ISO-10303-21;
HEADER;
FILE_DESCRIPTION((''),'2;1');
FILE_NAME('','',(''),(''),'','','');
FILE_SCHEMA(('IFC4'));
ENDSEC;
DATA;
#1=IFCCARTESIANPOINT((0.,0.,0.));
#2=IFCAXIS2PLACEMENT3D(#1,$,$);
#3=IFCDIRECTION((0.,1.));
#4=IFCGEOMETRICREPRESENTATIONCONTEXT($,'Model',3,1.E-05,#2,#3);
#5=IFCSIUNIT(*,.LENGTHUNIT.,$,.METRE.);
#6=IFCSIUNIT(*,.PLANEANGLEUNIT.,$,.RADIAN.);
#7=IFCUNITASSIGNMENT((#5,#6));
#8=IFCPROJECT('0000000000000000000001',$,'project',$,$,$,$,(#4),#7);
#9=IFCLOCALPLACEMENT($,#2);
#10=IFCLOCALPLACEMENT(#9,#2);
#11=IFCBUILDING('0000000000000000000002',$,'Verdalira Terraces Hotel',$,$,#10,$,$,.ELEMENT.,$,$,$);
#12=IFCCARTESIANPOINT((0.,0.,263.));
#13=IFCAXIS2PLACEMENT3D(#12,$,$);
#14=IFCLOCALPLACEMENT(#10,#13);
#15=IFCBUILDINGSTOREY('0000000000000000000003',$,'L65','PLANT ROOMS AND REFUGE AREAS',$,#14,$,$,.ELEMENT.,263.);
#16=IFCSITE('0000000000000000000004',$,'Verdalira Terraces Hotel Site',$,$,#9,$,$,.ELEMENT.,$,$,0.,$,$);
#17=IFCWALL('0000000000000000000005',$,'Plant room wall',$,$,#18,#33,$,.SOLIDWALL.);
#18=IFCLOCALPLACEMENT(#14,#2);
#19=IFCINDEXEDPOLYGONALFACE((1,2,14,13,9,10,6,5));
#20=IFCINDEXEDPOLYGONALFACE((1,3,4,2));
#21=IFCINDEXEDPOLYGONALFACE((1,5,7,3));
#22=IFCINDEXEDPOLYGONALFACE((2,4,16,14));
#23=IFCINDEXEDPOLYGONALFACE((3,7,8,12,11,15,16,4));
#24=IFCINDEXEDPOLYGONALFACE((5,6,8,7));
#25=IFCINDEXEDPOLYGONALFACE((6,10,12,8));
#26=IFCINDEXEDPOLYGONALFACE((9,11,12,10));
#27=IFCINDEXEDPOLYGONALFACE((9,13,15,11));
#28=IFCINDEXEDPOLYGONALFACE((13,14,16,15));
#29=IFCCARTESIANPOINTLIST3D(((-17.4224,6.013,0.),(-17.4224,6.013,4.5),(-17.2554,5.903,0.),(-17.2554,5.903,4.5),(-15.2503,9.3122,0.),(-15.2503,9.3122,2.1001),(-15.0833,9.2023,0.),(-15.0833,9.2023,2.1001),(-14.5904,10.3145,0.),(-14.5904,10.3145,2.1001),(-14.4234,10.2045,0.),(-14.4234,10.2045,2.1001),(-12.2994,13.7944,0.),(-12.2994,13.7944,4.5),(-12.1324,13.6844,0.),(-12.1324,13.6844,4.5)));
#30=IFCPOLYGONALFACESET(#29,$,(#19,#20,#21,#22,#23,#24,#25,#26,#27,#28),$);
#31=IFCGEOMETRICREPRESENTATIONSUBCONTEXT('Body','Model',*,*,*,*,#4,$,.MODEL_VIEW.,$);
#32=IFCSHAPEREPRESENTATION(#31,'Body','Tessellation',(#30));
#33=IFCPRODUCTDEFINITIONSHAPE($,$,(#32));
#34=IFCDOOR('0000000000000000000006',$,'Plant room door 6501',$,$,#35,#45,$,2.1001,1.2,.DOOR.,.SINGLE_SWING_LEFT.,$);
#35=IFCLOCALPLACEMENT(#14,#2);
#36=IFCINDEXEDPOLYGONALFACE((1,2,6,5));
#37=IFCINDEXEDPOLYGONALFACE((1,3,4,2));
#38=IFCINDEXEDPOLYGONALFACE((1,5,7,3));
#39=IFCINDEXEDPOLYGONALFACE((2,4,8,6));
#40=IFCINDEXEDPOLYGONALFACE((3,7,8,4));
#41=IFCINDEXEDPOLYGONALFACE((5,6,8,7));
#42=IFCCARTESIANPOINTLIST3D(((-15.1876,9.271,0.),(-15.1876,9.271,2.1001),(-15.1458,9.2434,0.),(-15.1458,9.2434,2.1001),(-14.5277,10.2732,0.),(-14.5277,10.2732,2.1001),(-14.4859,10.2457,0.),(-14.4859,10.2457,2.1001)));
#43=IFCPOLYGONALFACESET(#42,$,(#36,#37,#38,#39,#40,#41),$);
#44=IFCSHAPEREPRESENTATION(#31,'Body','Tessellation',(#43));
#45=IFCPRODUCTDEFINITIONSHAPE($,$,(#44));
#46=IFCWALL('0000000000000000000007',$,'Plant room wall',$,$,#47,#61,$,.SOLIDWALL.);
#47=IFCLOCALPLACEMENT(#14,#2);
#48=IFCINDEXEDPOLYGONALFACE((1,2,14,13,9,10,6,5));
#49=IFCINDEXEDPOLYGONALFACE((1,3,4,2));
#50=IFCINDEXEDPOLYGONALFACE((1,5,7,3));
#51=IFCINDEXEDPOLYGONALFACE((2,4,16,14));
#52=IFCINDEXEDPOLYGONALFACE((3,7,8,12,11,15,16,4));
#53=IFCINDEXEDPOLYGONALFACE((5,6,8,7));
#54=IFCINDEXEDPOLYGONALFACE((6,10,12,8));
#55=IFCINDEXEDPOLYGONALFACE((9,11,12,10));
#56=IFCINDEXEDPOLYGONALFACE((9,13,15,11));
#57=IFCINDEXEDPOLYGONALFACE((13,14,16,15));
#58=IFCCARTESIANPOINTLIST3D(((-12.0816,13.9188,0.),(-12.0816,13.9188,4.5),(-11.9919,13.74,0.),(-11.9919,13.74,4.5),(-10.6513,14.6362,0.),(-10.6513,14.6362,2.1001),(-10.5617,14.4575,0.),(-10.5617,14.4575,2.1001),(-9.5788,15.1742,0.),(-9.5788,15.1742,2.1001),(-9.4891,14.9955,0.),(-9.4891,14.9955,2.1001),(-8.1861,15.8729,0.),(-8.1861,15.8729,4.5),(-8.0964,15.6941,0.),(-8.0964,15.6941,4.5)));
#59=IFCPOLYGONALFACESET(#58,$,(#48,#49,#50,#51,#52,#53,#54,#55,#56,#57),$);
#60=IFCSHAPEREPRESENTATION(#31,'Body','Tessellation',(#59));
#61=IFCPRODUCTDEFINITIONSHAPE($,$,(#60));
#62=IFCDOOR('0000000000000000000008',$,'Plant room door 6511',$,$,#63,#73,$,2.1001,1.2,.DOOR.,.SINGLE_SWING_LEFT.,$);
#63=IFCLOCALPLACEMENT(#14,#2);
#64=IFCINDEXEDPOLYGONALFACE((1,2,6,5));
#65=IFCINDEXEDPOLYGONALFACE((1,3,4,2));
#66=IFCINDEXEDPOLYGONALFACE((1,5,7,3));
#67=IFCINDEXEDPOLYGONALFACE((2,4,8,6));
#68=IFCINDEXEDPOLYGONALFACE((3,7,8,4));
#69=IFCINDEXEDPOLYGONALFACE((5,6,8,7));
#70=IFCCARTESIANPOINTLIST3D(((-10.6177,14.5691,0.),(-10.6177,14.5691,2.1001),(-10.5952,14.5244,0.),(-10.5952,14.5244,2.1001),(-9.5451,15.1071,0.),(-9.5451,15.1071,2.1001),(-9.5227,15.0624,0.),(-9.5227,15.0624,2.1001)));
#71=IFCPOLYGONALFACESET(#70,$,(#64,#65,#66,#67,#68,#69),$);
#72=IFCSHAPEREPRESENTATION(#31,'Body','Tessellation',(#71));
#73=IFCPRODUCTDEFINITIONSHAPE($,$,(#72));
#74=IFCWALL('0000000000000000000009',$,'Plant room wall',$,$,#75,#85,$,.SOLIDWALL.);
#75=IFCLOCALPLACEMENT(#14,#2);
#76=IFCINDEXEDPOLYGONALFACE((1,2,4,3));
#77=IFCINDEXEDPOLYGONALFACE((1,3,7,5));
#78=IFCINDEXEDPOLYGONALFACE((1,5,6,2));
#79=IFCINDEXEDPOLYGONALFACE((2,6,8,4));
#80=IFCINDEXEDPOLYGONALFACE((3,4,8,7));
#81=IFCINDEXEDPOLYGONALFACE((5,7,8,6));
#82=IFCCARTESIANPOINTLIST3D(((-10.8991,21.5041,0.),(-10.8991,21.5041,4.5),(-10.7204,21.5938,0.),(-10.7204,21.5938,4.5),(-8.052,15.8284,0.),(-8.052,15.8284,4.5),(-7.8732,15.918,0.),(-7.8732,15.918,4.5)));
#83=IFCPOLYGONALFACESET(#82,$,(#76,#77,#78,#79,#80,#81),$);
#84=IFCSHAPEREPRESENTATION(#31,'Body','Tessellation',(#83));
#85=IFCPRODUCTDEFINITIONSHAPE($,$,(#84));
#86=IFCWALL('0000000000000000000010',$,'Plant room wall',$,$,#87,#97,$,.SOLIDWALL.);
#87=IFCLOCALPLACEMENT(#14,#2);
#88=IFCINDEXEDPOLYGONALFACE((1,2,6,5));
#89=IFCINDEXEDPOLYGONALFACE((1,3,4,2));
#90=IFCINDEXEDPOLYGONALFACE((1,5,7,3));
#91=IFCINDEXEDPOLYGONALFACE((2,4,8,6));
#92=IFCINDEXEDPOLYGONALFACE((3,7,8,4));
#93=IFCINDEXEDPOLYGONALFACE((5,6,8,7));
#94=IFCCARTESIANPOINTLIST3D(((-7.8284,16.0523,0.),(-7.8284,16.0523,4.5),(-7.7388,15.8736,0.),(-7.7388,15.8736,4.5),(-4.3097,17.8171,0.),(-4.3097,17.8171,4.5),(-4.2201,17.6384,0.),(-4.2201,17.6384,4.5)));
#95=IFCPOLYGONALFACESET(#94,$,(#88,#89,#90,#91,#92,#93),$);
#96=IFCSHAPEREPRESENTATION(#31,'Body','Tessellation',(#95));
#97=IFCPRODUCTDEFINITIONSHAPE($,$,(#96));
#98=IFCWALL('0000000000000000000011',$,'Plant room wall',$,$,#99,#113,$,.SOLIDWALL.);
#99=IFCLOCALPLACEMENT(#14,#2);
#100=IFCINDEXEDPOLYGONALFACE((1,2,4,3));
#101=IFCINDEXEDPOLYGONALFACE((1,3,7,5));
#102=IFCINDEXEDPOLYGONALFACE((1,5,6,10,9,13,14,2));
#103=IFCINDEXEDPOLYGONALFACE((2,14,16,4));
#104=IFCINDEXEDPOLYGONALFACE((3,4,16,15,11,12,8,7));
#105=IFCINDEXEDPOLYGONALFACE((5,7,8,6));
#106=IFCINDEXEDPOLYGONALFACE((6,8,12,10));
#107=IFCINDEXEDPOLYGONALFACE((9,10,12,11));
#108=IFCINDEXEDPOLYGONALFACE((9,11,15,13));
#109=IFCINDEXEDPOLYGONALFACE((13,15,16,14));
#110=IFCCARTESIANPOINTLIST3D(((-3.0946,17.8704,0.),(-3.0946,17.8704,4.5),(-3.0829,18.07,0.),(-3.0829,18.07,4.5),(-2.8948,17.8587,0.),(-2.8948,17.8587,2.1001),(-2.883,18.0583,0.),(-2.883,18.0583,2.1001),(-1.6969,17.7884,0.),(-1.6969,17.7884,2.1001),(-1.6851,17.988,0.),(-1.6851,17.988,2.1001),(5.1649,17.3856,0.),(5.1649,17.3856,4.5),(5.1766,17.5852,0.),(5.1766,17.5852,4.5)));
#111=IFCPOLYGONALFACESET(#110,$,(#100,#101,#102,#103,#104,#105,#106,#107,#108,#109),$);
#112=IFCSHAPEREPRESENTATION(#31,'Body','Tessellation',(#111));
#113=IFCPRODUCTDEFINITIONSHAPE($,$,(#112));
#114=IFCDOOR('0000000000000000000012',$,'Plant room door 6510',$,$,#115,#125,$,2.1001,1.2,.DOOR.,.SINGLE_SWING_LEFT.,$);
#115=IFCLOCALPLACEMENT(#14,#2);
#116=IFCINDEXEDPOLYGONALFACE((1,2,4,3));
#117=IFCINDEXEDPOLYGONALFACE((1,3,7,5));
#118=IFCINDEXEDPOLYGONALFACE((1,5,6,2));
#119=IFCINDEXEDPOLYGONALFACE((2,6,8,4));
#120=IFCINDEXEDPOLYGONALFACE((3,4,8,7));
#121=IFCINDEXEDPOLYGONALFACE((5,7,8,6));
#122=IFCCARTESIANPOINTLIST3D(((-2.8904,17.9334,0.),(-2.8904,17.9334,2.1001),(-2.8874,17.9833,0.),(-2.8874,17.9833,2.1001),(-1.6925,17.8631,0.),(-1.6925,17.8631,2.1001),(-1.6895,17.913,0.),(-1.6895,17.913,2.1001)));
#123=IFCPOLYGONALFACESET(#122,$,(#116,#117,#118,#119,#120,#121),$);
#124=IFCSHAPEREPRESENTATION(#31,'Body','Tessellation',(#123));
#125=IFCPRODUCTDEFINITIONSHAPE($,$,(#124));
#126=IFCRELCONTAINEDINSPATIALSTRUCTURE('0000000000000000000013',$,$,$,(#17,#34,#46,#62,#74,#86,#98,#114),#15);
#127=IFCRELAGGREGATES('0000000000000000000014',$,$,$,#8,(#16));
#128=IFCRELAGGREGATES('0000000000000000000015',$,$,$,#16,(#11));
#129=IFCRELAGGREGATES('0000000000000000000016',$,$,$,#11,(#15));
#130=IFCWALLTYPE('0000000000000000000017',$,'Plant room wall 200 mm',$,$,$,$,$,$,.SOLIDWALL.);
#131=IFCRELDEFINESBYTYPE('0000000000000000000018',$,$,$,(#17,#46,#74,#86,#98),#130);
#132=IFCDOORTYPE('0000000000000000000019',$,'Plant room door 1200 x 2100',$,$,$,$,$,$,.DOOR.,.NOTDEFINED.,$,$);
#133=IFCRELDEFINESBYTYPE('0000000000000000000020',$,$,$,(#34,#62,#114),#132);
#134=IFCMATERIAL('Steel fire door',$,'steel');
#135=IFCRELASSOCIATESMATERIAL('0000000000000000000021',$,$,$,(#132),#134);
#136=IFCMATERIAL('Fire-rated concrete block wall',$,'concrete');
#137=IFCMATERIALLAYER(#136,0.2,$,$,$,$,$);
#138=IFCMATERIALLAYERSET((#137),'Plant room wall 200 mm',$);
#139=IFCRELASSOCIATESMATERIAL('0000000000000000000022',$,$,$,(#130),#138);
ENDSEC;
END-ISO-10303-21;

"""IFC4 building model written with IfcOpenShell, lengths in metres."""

from ifc_helpers import new_model, si_unit, direction, frame, frame_2d, origin, place, context, subcontext, project, spatial, rectangle, extrude, material, layer, layer_set, type_object, element, fill, save


model = new_model("IFC4")

# Units and contexts
model_context = context("Model", 3, precision=1e-05, world=origin(), true_north=direction((0.0, 1.0)))
body_context = subcontext(model_context, "Body", "Model", "MODEL_VIEW")
ifc_project = project(units=[si_unit("LENGTHUNIT", "METRE"), si_unit("PLANEANGLEUNIT", "RADIAN")], contexts=[model_context])

# Site, building, storey
site_placement = place(None, origin())
site = spatial("IfcSite", under=ifc_project, at=site_placement, Name="Verdalira Terraces Hotel Site", CompositionType="ELEMENT", RefElevation=0.0)
building_placement = place(site_placement, origin())
building = spatial("IfcBuilding", under=site, at=building_placement, Name="Verdalira Terraces Hotel", CompositionType="ELEMENT")
storey_placement = place(building_placement, frame((0.0, 0.0, 263.0)))
storey = spatial("IfcBuildingStorey", under=building, at=storey_placement, Name="L65", Description="PLANT ROOMS AND REFUGE AREAS", CompositionType="ELEMENT", Elevation=263.0)

# Walls, openings, doors
ifc_material_1 = material(Name="Steel fire door", Category="steel")
door_type_1 = type_object("IfcDoorType", Name="Plant room door 1200 x 2100", OperationType="NOTDEFINED", PredefinedType="DOOR", material=ifc_material_1)
ifc_material_2 = material(Name="Fire-rated concrete block wall", Category="concrete")
ifc_layer_1 = layer(ifc_material_2, 0.2)
ifc_layer_set_1 = layer_set([ifc_layer_1], Name="Plant room wall 200 mm")
wall_type_1 = type_object("IfcWallType", Name="Plant room wall 200 mm", PredefinedType="SOLIDWALL", material=ifc_layer_set_1)
wall_1_placement = place(storey_placement, frame((-17.3389, 5.958, 0.0), z_axis=(0.0, 0.0, 1.0), x_axis=(0.549889, 0.835238, 0.0)))
wall_1 = element("IfcWall", 1, at=wall_1_placement, inside=storey, type_object=wall_type_1, Name="Plant room wall", PredefinedType="SOLIDWALL", context=body_context, shape_type="SweptSolid", body=[
    extrude(rectangle(XDim=9.3164, YDim=0.2, at=frame_2d((4.6582, 0.0))), origin(), (0.0, 0.0, 1.0), 4.5),
])
opening_1_placement = place(wall_1_placement, frame((3.95, 0.0, 0.0)))
opening_1 = element("IfcOpeningElement", 2, at=opening_1_placement, cuts=wall_1, PredefinedType="OPENING", context=body_context, shape_type="SweptSolid", body=[
    extrude(rectangle(XDim=1.2, YDim=2.1001, at=frame_2d((0.6001, 1.05))), frame((0.0, 0.1099, 0.0), z_axis=(0.0, -1.0, 0.0), x_axis=(1.0, 0.0, 0.0)), (0.0, 0.0, 1.0), 0.22),
])
door_1_placement = place(opening_1_placement, origin())
door_1 = element("IfcDoor", 3, at=door_1_placement, inside=storey, type_object=door_type_1, Name="Plant room door 6501", OperationType="SINGLE_SWING_LEFT", OverallHeight=2.1001, OverallWidth=1.2, PredefinedType="DOOR", context=body_context, shape_type="SweptSolid", body=[
    extrude(rectangle(XDim=1.2, YDim=2.1001, at=frame_2d((0.6001, 1.05))), frame((0.0, 0.0249, 0.0), z_axis=(0.0, -1.0, 0.0), x_axis=(1.0, 0.0, 0.0)), (0.0, 0.0, 1.0), 0.05),
])
fill(opening_1, door_1)
wall_2_placement = place(storey_placement, frame((-12.0369, 13.8293, 0.0), z_axis=(0.0, 0.0, 1.0), x_axis=(0.893844, 0.448378, 0.0)))
wall_2 = element("IfcWall", 4, at=wall_2_placement, inside=storey, type_object=wall_type_1, Name="Plant room wall", PredefinedType="SOLIDWALL", context=body_context, shape_type="SweptSolid", body=[
    extrude(rectangle(XDim=4.3582, YDim=0.2, at=frame_2d((2.1792, 0.0))), origin(), (0.0, 0.0, 1.0), 4.5),
])
opening_2_placement = place(wall_2_placement, frame((1.6001, 0.0, 0.0)))
opening_2 = element("IfcOpeningElement", 5, at=opening_2_placement, cuts=wall_2, PredefinedType="OPENING", context=body_context, shape_type="SweptSolid", body=[
    extrude(rectangle(XDim=1.2, YDim=2.1001, at=frame_2d((0.6001, 1.05))), frame((0.0, 0.1099, 0.0), z_axis=(0.0, -1.0, 0.0), x_axis=(1.0, 0.0, 0.0)), (0.0, 0.0, 1.0), 0.22),
])
door_2_placement = place(opening_2_placement, origin())
door_2 = element("IfcDoor", 6, at=door_2_placement, inside=storey, type_object=door_type_1, Name="Plant room door 6511", OperationType="SINGLE_SWING_LEFT", OverallHeight=2.1001, OverallWidth=1.2, PredefinedType="DOOR", context=body_context, shape_type="SweptSolid", body=[
    extrude(rectangle(XDim=1.2, YDim=2.1001, at=frame_2d((0.6001, 1.05))), frame((0.0, 0.0249, 0.0), z_axis=(0.0, -1.0, 0.0), x_axis=(1.0, 0.0, 0.0)), (0.0, 0.0, 1.0), 0.05),
])
fill(opening_2, door_2)

# Walls
wall_3_placement = place(storey_placement, frame((-7.9626, 15.8733, 0.0), z_axis=(0.0, 0.0, 1.0), x_axis=(-0.448382, 0.893842, 0.0)))
element("IfcWall", 7, at=wall_3_placement, inside=storey, type_object=wall_type_1, Name="Plant room wall", PredefinedType="SOLIDWALL", context=body_context, shape_type="SweptSolid", body=[
    extrude(rectangle(XDim=6.3499, YDim=0.2, at=frame_2d((3.1748, 0.0))), origin(), (0.0, 0.0, 1.0), 4.5),
])
wall_4_placement = place(storey_placement, frame((-4.2649, 17.7278, 0.0), z_axis=(0.0, 0.0, 1.0), x_axis=(-0.893868, -0.44833, 0.0)))
element("IfcWall", 8, at=wall_4_placement, inside=storey, type_object=wall_type_1, Name="Plant room wall", PredefinedType="SOLIDWALL", context=body_context, shape_type="SweptSolid", body=[
    extrude(rectangle(XDim=3.9365, YDim=0.2, at=frame_2d((1.9683, 0.0))), origin(), (0.0, 0.0, 1.0), 4.5),
])

# Wall, opening, door
wall_5_placement = place(storey_placement, frame((-3.0886, 17.9702, 0.0), z_axis=(0.0, 0.0, 1.0), x_axis=(0.998281, -0.058603, 0.0)))
wall_5 = element("IfcWall", 9, at=wall_5_placement, inside=storey, type_object=wall_type_1, Name="Plant room wall", PredefinedType="SOLIDWALL", context=body_context, shape_type="SweptSolid", body=[
    extrude(rectangle(XDim=8.2737, YDim=0.2, at=frame_2d((4.1367, 0.0))), origin(), (0.0, 0.0, 1.0), 4.5),
])
opening_3_placement = place(wall_5_placement, frame((0.2, 0.0, 0.0)))
opening_3 = element("IfcOpeningElement", 10, at=opening_3_placement, cuts=wall_5, PredefinedType="OPENING", context=body_context, shape_type="SweptSolid", body=[
    extrude(rectangle(XDim=1.2, YDim=2.1001, at=frame_2d((0.6001, 1.05))), frame((0.0, 0.1099, 0.0), z_axis=(0.0, -1.0, 0.0), x_axis=(1.0, 0.0, 0.0)), (0.0, 0.0, 1.0), 0.22),
])
door_3_placement = place(opening_3_placement, origin())
door_3 = element("IfcDoor", 11, at=door_3_placement, inside=storey, type_object=door_type_1, Name="Plant room door 6510", OperationType="SINGLE_SWING_LEFT", OverallHeight=2.1001, OverallWidth=1.2, PredefinedType="DOOR", context=body_context, shape_type="SweptSolid", body=[
    extrude(rectangle(XDim=1.2, YDim=2.1001, at=frame_2d((0.6001, 1.05))), frame((0.0, 0.0249, 0.0), z_axis=(0.0, -1.0, 0.0), x_axis=(1.0, 0.0, 0.0)), (0.0, 0.0, 1.0), 0.05),
])
fill(opening_3, door_3)

save(model, "model.ifc")
